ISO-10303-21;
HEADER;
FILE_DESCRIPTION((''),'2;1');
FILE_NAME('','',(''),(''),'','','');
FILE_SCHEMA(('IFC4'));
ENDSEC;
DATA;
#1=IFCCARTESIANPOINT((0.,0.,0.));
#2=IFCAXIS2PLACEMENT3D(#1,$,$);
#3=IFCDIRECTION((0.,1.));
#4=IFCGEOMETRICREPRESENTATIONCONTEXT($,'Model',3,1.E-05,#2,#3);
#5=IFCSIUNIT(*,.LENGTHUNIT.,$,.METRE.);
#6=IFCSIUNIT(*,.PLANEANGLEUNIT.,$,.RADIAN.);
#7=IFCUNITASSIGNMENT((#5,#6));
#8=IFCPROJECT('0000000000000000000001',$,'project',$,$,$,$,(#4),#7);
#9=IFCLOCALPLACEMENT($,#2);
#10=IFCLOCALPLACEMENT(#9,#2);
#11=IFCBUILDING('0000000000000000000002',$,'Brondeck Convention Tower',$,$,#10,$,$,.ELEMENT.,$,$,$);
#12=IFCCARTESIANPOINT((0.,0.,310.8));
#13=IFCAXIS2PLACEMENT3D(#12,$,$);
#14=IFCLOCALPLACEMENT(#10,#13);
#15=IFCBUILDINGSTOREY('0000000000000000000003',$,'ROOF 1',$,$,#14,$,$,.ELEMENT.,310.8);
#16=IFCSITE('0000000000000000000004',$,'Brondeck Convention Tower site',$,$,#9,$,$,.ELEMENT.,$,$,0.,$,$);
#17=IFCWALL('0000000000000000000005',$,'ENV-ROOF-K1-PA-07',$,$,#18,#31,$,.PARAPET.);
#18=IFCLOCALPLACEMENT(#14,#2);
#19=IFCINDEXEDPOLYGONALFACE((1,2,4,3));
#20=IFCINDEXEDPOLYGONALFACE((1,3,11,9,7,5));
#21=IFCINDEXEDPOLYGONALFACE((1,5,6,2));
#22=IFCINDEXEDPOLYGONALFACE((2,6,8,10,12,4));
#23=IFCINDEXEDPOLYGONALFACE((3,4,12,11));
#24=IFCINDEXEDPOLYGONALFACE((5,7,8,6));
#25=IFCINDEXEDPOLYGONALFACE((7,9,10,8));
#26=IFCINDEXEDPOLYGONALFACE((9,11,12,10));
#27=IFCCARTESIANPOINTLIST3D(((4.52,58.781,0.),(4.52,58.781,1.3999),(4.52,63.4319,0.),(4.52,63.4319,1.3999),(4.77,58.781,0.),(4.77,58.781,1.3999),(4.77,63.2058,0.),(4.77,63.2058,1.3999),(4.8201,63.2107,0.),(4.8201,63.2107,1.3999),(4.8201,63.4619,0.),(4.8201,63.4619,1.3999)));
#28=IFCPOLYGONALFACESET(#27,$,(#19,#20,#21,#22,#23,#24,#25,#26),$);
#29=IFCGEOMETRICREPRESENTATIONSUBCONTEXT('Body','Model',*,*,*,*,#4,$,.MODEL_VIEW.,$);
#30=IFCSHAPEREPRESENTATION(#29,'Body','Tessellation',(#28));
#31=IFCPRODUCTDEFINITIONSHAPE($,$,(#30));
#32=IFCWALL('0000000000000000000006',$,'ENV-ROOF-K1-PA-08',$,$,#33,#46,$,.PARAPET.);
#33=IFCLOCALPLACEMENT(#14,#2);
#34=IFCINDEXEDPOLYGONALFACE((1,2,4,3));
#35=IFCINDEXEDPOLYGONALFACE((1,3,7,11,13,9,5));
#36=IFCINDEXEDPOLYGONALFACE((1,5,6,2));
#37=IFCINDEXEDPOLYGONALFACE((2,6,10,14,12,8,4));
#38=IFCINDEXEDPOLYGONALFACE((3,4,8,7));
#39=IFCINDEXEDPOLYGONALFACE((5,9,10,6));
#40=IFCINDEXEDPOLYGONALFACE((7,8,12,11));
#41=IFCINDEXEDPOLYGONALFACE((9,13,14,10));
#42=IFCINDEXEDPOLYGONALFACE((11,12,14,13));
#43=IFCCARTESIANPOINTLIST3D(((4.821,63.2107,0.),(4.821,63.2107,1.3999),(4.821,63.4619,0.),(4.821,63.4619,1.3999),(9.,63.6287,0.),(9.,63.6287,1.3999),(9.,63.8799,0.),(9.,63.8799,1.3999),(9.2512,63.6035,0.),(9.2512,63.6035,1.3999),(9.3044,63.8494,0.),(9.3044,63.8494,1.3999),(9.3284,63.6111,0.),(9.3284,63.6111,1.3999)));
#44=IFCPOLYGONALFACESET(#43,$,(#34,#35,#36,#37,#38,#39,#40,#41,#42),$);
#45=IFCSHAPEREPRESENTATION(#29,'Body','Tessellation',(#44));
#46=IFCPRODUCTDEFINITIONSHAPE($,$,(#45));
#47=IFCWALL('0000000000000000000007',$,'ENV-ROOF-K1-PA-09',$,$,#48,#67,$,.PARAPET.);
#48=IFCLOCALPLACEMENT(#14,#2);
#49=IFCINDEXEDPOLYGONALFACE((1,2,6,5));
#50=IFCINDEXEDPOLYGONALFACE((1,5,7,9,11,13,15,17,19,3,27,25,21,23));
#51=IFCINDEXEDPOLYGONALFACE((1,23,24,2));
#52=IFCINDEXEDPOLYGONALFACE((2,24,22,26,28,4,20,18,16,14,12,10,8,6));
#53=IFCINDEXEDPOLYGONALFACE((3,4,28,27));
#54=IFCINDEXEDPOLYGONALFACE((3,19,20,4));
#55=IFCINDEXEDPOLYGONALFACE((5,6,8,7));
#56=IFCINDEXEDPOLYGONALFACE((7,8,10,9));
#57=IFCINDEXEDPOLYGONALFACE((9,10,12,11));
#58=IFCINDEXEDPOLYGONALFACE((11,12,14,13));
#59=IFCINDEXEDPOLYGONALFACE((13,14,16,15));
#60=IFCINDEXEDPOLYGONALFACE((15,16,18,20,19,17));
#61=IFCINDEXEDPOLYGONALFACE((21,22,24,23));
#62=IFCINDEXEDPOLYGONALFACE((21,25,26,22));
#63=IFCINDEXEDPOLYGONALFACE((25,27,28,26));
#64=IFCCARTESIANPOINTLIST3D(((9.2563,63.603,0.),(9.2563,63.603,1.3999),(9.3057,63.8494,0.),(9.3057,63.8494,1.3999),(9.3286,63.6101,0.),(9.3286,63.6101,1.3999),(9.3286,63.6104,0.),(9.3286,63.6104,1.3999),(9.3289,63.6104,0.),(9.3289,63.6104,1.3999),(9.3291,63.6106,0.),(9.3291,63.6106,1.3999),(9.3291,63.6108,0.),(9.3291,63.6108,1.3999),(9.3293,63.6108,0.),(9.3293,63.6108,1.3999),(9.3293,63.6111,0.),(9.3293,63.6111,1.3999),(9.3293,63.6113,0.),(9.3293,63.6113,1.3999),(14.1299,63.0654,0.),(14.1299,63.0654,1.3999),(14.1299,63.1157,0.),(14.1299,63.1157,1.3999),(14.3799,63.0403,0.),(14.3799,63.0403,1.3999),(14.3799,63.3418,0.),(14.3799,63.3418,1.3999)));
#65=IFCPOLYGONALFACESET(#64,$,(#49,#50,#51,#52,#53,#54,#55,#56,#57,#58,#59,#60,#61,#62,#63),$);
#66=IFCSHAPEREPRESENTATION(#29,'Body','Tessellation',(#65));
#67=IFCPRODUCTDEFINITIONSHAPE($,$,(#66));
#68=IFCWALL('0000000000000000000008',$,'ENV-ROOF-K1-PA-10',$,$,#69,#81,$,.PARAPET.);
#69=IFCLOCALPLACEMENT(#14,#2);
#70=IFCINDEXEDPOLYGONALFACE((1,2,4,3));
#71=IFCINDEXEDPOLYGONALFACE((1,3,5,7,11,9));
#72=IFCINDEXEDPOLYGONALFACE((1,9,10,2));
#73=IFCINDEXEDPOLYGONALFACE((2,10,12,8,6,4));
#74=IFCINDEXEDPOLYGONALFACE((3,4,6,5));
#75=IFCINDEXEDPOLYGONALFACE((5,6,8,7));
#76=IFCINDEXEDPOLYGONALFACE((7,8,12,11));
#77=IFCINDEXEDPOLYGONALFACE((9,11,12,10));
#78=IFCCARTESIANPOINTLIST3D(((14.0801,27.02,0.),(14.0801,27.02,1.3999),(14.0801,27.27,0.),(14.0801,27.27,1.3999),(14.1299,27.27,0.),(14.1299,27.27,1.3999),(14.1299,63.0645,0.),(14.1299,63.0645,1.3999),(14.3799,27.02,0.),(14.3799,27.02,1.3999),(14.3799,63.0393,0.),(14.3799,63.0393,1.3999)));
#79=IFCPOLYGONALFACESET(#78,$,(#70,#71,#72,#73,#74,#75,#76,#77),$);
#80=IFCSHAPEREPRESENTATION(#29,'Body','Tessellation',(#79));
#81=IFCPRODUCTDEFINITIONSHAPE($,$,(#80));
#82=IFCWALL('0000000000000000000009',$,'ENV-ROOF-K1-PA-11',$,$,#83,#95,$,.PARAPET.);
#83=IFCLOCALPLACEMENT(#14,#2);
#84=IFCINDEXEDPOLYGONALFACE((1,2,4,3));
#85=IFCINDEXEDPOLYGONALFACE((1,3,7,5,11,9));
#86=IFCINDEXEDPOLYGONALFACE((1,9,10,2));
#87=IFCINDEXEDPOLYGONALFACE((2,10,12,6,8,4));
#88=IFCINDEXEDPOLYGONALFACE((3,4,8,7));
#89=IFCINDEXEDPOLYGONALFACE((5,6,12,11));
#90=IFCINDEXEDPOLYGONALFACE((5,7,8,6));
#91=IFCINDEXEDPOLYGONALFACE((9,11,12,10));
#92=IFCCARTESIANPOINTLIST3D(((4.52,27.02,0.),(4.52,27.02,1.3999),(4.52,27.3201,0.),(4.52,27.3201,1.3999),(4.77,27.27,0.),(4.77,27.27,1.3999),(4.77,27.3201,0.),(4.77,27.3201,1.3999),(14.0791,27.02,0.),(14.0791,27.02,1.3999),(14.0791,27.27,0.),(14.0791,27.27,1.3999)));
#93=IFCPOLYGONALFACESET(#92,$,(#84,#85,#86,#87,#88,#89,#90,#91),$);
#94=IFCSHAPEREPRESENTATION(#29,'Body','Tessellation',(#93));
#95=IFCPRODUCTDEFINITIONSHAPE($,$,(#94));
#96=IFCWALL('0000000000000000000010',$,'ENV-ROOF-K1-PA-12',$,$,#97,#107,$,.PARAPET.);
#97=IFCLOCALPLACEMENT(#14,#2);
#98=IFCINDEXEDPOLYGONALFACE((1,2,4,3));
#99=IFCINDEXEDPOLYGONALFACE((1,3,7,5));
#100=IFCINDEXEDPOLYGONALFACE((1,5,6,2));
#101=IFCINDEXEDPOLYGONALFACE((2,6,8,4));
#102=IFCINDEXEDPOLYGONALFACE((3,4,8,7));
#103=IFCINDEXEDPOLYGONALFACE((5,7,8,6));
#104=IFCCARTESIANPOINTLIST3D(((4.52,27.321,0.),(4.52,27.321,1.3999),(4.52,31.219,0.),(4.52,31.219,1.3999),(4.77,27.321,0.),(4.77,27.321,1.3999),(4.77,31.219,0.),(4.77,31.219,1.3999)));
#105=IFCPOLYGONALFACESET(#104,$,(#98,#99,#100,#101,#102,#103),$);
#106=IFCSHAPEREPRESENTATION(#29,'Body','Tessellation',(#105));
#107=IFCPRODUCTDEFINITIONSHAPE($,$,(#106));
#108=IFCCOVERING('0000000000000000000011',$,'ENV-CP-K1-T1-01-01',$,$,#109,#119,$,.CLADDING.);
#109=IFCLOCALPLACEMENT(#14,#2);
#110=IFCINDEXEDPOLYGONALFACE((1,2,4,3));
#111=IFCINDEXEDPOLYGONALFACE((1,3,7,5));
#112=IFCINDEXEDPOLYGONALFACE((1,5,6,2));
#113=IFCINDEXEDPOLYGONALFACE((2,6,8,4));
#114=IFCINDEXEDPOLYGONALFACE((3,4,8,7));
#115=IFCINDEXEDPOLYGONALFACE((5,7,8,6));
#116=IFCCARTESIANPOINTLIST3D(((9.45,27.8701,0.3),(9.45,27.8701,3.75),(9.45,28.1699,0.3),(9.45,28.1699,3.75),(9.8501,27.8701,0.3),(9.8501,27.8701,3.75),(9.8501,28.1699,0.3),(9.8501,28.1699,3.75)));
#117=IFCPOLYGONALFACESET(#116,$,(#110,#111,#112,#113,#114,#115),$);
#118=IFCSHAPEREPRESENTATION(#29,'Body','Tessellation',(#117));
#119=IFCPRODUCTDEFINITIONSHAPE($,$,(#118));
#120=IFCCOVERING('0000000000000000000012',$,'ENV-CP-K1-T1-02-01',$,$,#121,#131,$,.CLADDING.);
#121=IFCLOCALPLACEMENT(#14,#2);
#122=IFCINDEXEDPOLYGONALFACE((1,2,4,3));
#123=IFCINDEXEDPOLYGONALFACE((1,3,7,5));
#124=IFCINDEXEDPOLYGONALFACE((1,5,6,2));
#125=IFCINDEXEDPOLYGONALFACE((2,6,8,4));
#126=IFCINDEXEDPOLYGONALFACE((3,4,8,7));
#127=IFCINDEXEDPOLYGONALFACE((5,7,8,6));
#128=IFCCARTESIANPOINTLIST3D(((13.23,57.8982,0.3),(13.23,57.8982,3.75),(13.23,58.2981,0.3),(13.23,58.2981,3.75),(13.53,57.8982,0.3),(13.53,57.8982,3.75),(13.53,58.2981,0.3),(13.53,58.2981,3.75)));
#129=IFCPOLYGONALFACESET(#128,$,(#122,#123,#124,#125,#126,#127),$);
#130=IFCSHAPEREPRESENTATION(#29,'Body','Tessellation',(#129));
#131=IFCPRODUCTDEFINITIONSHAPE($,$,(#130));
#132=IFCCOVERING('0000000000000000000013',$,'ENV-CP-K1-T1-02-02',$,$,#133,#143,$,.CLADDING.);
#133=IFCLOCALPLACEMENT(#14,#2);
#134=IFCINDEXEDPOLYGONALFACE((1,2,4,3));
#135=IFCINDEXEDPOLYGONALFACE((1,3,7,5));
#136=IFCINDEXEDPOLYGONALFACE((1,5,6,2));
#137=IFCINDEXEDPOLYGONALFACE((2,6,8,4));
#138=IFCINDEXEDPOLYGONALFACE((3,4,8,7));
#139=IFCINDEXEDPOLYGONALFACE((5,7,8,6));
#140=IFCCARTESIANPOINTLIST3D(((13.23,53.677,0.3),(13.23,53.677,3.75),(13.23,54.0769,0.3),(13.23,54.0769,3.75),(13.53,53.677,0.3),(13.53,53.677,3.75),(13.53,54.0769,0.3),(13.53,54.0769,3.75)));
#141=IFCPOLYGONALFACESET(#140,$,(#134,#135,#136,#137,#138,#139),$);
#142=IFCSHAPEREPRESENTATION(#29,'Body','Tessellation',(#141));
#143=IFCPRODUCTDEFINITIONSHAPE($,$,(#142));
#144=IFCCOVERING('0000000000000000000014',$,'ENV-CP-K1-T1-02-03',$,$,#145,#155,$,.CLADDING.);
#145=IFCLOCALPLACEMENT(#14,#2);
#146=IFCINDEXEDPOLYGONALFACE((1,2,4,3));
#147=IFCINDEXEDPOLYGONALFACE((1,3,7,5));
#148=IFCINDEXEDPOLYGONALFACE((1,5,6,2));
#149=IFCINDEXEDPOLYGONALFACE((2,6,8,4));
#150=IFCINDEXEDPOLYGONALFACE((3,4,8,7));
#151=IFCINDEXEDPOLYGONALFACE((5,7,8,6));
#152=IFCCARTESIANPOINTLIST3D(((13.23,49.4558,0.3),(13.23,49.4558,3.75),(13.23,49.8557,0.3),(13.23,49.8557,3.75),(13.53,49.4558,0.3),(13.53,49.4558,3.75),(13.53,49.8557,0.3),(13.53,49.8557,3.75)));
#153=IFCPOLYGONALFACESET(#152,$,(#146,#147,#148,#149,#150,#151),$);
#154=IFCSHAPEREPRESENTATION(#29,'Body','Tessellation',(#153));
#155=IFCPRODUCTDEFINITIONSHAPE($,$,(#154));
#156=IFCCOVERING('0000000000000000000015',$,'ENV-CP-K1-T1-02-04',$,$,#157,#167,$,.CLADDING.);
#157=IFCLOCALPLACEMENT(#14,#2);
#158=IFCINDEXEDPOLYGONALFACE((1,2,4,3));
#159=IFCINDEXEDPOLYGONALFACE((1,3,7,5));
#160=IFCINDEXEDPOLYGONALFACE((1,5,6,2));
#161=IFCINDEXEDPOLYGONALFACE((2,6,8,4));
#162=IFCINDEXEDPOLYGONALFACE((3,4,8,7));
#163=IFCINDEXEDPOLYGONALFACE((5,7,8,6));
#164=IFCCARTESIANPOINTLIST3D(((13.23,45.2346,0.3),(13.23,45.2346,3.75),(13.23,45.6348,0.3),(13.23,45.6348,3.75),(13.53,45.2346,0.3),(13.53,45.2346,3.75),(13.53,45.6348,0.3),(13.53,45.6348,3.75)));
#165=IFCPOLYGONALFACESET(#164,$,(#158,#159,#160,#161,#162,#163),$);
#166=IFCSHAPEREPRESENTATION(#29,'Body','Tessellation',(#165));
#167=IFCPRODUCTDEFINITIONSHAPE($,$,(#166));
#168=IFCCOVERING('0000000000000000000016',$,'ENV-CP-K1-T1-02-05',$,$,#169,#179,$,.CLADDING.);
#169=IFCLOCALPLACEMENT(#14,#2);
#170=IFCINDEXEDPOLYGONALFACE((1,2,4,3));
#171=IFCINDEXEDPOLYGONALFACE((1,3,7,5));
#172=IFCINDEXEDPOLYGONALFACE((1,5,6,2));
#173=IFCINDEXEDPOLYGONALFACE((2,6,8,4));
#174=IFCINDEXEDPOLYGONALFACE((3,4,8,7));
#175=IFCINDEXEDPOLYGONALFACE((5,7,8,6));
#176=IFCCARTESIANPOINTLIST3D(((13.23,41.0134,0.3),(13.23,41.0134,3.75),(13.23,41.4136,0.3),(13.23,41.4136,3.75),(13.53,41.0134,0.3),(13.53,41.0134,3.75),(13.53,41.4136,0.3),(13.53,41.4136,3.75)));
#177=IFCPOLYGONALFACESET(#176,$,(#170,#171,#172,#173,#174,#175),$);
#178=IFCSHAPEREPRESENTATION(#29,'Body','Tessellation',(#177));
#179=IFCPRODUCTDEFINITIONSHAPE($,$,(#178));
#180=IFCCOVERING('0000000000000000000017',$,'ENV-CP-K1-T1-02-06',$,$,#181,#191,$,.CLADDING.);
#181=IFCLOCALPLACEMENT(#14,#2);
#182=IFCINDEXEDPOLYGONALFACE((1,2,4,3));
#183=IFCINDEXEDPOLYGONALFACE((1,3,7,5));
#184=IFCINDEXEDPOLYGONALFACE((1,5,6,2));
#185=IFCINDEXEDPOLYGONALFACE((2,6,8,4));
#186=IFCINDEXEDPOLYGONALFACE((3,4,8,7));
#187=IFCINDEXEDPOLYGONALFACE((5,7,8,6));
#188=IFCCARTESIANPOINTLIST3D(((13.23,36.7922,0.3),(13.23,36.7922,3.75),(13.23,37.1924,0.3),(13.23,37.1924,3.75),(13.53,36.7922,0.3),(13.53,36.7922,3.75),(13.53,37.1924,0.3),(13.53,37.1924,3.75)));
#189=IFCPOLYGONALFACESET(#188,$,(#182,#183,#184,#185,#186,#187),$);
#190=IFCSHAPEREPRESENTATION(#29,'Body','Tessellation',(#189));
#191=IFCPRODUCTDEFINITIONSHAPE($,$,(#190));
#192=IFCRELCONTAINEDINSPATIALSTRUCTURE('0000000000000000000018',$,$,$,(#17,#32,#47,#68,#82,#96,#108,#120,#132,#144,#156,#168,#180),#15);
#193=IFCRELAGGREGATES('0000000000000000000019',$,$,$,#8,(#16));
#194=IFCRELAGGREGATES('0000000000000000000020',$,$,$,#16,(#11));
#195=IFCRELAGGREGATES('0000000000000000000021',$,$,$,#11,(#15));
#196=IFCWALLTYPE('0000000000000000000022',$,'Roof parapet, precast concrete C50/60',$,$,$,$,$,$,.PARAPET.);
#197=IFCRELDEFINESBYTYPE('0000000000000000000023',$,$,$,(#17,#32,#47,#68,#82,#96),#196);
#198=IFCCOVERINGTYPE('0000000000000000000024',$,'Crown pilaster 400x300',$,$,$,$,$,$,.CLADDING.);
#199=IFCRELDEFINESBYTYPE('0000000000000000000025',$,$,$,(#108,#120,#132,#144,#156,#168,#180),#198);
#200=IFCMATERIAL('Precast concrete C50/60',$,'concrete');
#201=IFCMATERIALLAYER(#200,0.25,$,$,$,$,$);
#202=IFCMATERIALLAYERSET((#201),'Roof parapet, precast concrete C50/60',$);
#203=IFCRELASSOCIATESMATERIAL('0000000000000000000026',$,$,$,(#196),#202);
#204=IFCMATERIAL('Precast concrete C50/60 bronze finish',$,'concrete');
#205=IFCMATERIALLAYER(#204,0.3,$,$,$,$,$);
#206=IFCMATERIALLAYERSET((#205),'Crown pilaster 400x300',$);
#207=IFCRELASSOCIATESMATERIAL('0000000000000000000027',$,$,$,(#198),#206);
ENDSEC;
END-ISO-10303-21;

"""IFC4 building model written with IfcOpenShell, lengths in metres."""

from ifc_helpers import new_model, si_unit, direction, frame, origin, place, context, subcontext, project, spatial, polyline, outline, extrude, material, layer, layer_set, type_object, element, save


model = new_model("IFC4")

# Units and contexts
model_context = context("Model", 3, precision=1e-05, world=origin(), true_north=direction((0.0, 1.0)))
body_context = subcontext(model_context, "Body", "Model", "MODEL_VIEW")
ifc_project = project(units=[si_unit("LENGTHUNIT", "METRE"), si_unit("PLANEANGLEUNIT", "RADIAN")], contexts=[model_context])

# Site, building, storey
site_placement = place(None, origin())
site = spatial("IfcSite", under=ifc_project, at=site_placement, Name="Brondeck Convention Tower site", CompositionType="ELEMENT", RefElevation=0.0)
building_placement = place(site_placement, origin())
building = spatial("IfcBuilding", under=site, at=building_placement, Name="Brondeck Convention Tower", CompositionType="ELEMENT")
storey_placement = place(building_placement, frame((0.0, 0.0, 310.8)))
storey = spatial("IfcBuildingStorey", under=building, at=storey_placement, Name="ROOF 1", CompositionType="ELEMENT", Elevation=310.8)

# Walls
ifc_material_1 = material(Name="Precast concrete C50/60", Category="concrete")
ifc_layer_1 = layer(ifc_material_1, 0.25)
ifc_layer_set_1 = layer_set([ifc_layer_1], Name="Roof parapet, precast concrete C50/60")
wall_type = type_object("IfcWallType", Name="Roof parapet, precast concrete C50/60", PredefinedType="PARAPET", material=ifc_layer_set_1)
wall_1_placement = place(storey_placement, origin())
element("IfcWall", 1, at=wall_1_placement, inside=storey, type_object=wall_type, Name="ENV-ROOF-K1-PA-07", PredefinedType="PARAPET", context=body_context, shape_type="SweptSolid", body=[
    extrude(outline(polyline([(4.77, 63.2058), (4.8201, 63.2107), (4.8201, 63.4619), (4.52, 63.4319), (4.52, 58.781), (4.77, 58.781), (4.77, 63.2058)])), origin(), (0.0, 0.0, 1.0), 1.3999),
])
wall_2_placement = place(storey_placement, origin())
element("IfcWall", 2, at=wall_2_placement, inside=storey, type_object=wall_type, Name="ENV-ROOF-K1-PA-08", PredefinedType="PARAPET", context=body_context, shape_type="SweptSolid", body=[
    extrude(outline(polyline([(9.2512, 63.6035), (9.3284, 63.6111), (9.3044, 63.8494), (9.0, 63.8799), (4.821, 63.4619), (4.821, 63.4619), (4.821, 63.4619), (4.821, 63.2107), (9.0, 63.6287), (9.2512, 63.6035)])), origin(), (0.0, 0.0, 1.0), 1.3999),
])
wall_3_placement = place(storey_placement, origin())
element("IfcWall", 3, at=wall_3_placement, inside=storey, type_object=wall_type, Name="ENV-ROOF-K1-PA-09", PredefinedType="PARAPET", context=body_context, shape_type="SweptSolid", body=[
    extrude(outline(polyline([(14.1299, 63.1157), (14.1299, 63.0654), (14.3799, 63.0403), (14.3799, 63.3418), (9.3057, 63.8494), (9.3293, 63.6113), (9.3293, 63.6111), (9.3293, 63.6111), (9.3293, 63.6111), (9.3293, 63.6111), (9.3293, 63.6108), (9.3291, 63.6108), (9.3291, 63.6106), (9.3291, 63.6106), (9.3291, 63.6106), (9.3291, 63.6106), (9.3289, 63.6104), (9.3289, 63.6104), (9.3286, 63.6104), (9.3286, 63.6104), (9.3286, 63.6104), (9.3286, 63.6101), (9.2563, 63.603), (14.1299, 63.1157)])), origin(), (0.0, 0.0, 1.0), 1.3999),
])
wall_4_placement = place(storey_placement, origin())
element("IfcWall", 4, at=wall_4_placement, inside=storey, type_object=wall_type, Name="ENV-ROOF-K1-PA-10", PredefinedType="PARAPET", context=body_context, shape_type="SweptSolid", body=[
    extrude(outline(polyline([(14.1299, 27.27), (14.0801, 27.27), (14.0801, 27.02), (14.3799, 27.02), (14.3799, 63.0393), (14.3799, 63.0393), (14.3799, 63.0393), (14.1299, 63.0645), (14.1299, 27.27)])), origin(), (0.0, 0.0, 1.0), 1.3999),
])
wall_5_placement = place(storey_placement, origin())
element("IfcWall", 5, at=wall_5_placement, inside=storey, type_object=wall_type, Name="ENV-ROOF-K1-PA-11", PredefinedType="PARAPET", context=body_context, shape_type="SweptSolid", body=[
    extrude(outline(polyline([(4.77, 27.27), (4.77, 27.3201), (4.52, 27.3201), (4.52, 27.02), (14.0791, 27.02), (14.0791, 27.27), (4.77, 27.27)])), origin(), (0.0, 0.0, 1.0), 1.3999),
])
wall_6_placement = place(storey_placement, origin())
element("IfcWall", 6, at=wall_6_placement, inside=storey, type_object=wall_type, Name="ENV-ROOF-K1-PA-12", PredefinedType="PARAPET", context=body_context, shape_type="SweptSolid", body=[
    extrude(outline(polyline([(4.77, 27.321), (4.77, 31.219), (4.52, 31.219), (4.52, 27.321), (4.77, 27.321)])), origin(), (0.0, 0.0, 1.0), 1.3999),
])

# Coverings
ifc_material_2 = material(Name="Precast concrete C50/60 bronze finish", Category="concrete")
ifc_layer_2 = layer(ifc_material_2, 0.3)
ifc_layer_set_2 = layer_set([ifc_layer_2], Name="Crown pilaster 400x300")
covering_type_1 = type_object("IfcCoveringType", Name="Crown pilaster 400x300", PredefinedType="CLADDING", material=ifc_layer_set_2)
covering_1_placement = place(storey_placement, frame((0.0, 0.0, 0.3)))
element("IfcCovering", 7, at=covering_1_placement, inside=storey, type_object=covering_type_1, Name="ENV-CP-K1-T1-01-01", PredefinedType="CLADDING", context=body_context, shape_type="SweptSolid", body=[
    extrude(outline(polyline([(9.45, 27.8701), (9.8501, 27.8701), (9.8501, 28.1699), (9.45, 28.1699), (9.45, 27.8701)])), origin(), (0.0, 0.0, 1.0), 3.45),
])
covering_2_placement = place(storey_placement, frame((0.0, 0.0, 0.3)))
element("IfcCovering", 8, at=covering_2_placement, inside=storey, type_object=covering_type_1, Name="ENV-CP-K1-T1-02-01", PredefinedType="CLADDING", context=body_context, shape_type="SweptSolid", body=[
    extrude(outline(polyline([(13.53, 57.8982), (13.53, 58.2981), (13.23, 58.2981), (13.23, 57.8982), (13.53, 57.8982)])), origin(), (0.0, 0.0, 1.0), 3.45),
])
covering_3_placement = place(storey_placement, frame((0.0, 0.0, 0.3)))
element("IfcCovering", 9, at=covering_3_placement, inside=storey, type_object=covering_type_1, Name="ENV-CP-K1-T1-02-02", PredefinedType="CLADDING", context=body_context, shape_type="SweptSolid", body=[
    extrude(outline(polyline([(13.53, 53.677), (13.53, 54.0769), (13.23, 54.0769), (13.23, 53.677), (13.53, 53.677)])), origin(), (0.0, 0.0, 1.0), 3.45),
])
covering_4_placement = place(storey_placement, frame((0.0, 0.0, 0.3)))
element("IfcCovering", 10, at=covering_4_placement, inside=storey, type_object=covering_type_1, Name="ENV-CP-K1-T1-02-03", PredefinedType="CLADDING", context=body_context, shape_type="SweptSolid", body=[
    extrude(outline(polyline([(13.53, 49.4558), (13.53, 49.8557), (13.23, 49.8557), (13.23, 49.4558), (13.53, 49.4558)])), origin(), (0.0, 0.0, 1.0), 3.45),
])
covering_5_placement = place(storey_placement, frame((0.0, 0.0, 0.3)))
element("IfcCovering", 11, at=covering_5_placement, inside=storey, type_object=covering_type_1, Name="ENV-CP-K1-T1-02-04", PredefinedType="CLADDING", context=body_context, shape_type="SweptSolid", body=[
    extrude(outline(polyline([(13.53, 45.2346), (13.53, 45.6348), (13.23, 45.6348), (13.23, 45.2346), (13.53, 45.2346)])), origin(), (0.0, 0.0, 1.0), 3.45),
])
covering_6_placement = place(storey_placement, frame((0.0, 0.0, 0.3)))
element("IfcCovering", 12, at=covering_6_placement, inside=storey, type_object=covering_type_1, Name="ENV-CP-K1-T1-02-05", PredefinedType="CLADDING", context=body_context, shape_type="SweptSolid", body=[
    extrude(outline(polyline([(13.53, 41.0134), (13.53, 41.4136), (13.23, 41.4136), (13.23, 41.0134), (13.53, 41.0134)])), origin(), (0.0, 0.0, 1.0), 3.45),
])
covering_7_placement = place(storey_placement, frame((0.0, 0.0, 0.3)))
element("IfcCovering", 13, at=covering_7_placement, inside=storey, type_object=covering_type_1, Name="ENV-CP-K1-T1-02-06", PredefinedType="CLADDING", context=body_context, shape_type="SweptSolid", body=[
    extrude(outline(polyline([(13.53, 36.7922), (13.53, 37.1924), (13.23, 37.1924), (13.23, 36.7922), (13.53, 36.7922)])), origin(), (0.0, 0.0, 1.0), 3.45),
])

save(model, "model.ifc")
